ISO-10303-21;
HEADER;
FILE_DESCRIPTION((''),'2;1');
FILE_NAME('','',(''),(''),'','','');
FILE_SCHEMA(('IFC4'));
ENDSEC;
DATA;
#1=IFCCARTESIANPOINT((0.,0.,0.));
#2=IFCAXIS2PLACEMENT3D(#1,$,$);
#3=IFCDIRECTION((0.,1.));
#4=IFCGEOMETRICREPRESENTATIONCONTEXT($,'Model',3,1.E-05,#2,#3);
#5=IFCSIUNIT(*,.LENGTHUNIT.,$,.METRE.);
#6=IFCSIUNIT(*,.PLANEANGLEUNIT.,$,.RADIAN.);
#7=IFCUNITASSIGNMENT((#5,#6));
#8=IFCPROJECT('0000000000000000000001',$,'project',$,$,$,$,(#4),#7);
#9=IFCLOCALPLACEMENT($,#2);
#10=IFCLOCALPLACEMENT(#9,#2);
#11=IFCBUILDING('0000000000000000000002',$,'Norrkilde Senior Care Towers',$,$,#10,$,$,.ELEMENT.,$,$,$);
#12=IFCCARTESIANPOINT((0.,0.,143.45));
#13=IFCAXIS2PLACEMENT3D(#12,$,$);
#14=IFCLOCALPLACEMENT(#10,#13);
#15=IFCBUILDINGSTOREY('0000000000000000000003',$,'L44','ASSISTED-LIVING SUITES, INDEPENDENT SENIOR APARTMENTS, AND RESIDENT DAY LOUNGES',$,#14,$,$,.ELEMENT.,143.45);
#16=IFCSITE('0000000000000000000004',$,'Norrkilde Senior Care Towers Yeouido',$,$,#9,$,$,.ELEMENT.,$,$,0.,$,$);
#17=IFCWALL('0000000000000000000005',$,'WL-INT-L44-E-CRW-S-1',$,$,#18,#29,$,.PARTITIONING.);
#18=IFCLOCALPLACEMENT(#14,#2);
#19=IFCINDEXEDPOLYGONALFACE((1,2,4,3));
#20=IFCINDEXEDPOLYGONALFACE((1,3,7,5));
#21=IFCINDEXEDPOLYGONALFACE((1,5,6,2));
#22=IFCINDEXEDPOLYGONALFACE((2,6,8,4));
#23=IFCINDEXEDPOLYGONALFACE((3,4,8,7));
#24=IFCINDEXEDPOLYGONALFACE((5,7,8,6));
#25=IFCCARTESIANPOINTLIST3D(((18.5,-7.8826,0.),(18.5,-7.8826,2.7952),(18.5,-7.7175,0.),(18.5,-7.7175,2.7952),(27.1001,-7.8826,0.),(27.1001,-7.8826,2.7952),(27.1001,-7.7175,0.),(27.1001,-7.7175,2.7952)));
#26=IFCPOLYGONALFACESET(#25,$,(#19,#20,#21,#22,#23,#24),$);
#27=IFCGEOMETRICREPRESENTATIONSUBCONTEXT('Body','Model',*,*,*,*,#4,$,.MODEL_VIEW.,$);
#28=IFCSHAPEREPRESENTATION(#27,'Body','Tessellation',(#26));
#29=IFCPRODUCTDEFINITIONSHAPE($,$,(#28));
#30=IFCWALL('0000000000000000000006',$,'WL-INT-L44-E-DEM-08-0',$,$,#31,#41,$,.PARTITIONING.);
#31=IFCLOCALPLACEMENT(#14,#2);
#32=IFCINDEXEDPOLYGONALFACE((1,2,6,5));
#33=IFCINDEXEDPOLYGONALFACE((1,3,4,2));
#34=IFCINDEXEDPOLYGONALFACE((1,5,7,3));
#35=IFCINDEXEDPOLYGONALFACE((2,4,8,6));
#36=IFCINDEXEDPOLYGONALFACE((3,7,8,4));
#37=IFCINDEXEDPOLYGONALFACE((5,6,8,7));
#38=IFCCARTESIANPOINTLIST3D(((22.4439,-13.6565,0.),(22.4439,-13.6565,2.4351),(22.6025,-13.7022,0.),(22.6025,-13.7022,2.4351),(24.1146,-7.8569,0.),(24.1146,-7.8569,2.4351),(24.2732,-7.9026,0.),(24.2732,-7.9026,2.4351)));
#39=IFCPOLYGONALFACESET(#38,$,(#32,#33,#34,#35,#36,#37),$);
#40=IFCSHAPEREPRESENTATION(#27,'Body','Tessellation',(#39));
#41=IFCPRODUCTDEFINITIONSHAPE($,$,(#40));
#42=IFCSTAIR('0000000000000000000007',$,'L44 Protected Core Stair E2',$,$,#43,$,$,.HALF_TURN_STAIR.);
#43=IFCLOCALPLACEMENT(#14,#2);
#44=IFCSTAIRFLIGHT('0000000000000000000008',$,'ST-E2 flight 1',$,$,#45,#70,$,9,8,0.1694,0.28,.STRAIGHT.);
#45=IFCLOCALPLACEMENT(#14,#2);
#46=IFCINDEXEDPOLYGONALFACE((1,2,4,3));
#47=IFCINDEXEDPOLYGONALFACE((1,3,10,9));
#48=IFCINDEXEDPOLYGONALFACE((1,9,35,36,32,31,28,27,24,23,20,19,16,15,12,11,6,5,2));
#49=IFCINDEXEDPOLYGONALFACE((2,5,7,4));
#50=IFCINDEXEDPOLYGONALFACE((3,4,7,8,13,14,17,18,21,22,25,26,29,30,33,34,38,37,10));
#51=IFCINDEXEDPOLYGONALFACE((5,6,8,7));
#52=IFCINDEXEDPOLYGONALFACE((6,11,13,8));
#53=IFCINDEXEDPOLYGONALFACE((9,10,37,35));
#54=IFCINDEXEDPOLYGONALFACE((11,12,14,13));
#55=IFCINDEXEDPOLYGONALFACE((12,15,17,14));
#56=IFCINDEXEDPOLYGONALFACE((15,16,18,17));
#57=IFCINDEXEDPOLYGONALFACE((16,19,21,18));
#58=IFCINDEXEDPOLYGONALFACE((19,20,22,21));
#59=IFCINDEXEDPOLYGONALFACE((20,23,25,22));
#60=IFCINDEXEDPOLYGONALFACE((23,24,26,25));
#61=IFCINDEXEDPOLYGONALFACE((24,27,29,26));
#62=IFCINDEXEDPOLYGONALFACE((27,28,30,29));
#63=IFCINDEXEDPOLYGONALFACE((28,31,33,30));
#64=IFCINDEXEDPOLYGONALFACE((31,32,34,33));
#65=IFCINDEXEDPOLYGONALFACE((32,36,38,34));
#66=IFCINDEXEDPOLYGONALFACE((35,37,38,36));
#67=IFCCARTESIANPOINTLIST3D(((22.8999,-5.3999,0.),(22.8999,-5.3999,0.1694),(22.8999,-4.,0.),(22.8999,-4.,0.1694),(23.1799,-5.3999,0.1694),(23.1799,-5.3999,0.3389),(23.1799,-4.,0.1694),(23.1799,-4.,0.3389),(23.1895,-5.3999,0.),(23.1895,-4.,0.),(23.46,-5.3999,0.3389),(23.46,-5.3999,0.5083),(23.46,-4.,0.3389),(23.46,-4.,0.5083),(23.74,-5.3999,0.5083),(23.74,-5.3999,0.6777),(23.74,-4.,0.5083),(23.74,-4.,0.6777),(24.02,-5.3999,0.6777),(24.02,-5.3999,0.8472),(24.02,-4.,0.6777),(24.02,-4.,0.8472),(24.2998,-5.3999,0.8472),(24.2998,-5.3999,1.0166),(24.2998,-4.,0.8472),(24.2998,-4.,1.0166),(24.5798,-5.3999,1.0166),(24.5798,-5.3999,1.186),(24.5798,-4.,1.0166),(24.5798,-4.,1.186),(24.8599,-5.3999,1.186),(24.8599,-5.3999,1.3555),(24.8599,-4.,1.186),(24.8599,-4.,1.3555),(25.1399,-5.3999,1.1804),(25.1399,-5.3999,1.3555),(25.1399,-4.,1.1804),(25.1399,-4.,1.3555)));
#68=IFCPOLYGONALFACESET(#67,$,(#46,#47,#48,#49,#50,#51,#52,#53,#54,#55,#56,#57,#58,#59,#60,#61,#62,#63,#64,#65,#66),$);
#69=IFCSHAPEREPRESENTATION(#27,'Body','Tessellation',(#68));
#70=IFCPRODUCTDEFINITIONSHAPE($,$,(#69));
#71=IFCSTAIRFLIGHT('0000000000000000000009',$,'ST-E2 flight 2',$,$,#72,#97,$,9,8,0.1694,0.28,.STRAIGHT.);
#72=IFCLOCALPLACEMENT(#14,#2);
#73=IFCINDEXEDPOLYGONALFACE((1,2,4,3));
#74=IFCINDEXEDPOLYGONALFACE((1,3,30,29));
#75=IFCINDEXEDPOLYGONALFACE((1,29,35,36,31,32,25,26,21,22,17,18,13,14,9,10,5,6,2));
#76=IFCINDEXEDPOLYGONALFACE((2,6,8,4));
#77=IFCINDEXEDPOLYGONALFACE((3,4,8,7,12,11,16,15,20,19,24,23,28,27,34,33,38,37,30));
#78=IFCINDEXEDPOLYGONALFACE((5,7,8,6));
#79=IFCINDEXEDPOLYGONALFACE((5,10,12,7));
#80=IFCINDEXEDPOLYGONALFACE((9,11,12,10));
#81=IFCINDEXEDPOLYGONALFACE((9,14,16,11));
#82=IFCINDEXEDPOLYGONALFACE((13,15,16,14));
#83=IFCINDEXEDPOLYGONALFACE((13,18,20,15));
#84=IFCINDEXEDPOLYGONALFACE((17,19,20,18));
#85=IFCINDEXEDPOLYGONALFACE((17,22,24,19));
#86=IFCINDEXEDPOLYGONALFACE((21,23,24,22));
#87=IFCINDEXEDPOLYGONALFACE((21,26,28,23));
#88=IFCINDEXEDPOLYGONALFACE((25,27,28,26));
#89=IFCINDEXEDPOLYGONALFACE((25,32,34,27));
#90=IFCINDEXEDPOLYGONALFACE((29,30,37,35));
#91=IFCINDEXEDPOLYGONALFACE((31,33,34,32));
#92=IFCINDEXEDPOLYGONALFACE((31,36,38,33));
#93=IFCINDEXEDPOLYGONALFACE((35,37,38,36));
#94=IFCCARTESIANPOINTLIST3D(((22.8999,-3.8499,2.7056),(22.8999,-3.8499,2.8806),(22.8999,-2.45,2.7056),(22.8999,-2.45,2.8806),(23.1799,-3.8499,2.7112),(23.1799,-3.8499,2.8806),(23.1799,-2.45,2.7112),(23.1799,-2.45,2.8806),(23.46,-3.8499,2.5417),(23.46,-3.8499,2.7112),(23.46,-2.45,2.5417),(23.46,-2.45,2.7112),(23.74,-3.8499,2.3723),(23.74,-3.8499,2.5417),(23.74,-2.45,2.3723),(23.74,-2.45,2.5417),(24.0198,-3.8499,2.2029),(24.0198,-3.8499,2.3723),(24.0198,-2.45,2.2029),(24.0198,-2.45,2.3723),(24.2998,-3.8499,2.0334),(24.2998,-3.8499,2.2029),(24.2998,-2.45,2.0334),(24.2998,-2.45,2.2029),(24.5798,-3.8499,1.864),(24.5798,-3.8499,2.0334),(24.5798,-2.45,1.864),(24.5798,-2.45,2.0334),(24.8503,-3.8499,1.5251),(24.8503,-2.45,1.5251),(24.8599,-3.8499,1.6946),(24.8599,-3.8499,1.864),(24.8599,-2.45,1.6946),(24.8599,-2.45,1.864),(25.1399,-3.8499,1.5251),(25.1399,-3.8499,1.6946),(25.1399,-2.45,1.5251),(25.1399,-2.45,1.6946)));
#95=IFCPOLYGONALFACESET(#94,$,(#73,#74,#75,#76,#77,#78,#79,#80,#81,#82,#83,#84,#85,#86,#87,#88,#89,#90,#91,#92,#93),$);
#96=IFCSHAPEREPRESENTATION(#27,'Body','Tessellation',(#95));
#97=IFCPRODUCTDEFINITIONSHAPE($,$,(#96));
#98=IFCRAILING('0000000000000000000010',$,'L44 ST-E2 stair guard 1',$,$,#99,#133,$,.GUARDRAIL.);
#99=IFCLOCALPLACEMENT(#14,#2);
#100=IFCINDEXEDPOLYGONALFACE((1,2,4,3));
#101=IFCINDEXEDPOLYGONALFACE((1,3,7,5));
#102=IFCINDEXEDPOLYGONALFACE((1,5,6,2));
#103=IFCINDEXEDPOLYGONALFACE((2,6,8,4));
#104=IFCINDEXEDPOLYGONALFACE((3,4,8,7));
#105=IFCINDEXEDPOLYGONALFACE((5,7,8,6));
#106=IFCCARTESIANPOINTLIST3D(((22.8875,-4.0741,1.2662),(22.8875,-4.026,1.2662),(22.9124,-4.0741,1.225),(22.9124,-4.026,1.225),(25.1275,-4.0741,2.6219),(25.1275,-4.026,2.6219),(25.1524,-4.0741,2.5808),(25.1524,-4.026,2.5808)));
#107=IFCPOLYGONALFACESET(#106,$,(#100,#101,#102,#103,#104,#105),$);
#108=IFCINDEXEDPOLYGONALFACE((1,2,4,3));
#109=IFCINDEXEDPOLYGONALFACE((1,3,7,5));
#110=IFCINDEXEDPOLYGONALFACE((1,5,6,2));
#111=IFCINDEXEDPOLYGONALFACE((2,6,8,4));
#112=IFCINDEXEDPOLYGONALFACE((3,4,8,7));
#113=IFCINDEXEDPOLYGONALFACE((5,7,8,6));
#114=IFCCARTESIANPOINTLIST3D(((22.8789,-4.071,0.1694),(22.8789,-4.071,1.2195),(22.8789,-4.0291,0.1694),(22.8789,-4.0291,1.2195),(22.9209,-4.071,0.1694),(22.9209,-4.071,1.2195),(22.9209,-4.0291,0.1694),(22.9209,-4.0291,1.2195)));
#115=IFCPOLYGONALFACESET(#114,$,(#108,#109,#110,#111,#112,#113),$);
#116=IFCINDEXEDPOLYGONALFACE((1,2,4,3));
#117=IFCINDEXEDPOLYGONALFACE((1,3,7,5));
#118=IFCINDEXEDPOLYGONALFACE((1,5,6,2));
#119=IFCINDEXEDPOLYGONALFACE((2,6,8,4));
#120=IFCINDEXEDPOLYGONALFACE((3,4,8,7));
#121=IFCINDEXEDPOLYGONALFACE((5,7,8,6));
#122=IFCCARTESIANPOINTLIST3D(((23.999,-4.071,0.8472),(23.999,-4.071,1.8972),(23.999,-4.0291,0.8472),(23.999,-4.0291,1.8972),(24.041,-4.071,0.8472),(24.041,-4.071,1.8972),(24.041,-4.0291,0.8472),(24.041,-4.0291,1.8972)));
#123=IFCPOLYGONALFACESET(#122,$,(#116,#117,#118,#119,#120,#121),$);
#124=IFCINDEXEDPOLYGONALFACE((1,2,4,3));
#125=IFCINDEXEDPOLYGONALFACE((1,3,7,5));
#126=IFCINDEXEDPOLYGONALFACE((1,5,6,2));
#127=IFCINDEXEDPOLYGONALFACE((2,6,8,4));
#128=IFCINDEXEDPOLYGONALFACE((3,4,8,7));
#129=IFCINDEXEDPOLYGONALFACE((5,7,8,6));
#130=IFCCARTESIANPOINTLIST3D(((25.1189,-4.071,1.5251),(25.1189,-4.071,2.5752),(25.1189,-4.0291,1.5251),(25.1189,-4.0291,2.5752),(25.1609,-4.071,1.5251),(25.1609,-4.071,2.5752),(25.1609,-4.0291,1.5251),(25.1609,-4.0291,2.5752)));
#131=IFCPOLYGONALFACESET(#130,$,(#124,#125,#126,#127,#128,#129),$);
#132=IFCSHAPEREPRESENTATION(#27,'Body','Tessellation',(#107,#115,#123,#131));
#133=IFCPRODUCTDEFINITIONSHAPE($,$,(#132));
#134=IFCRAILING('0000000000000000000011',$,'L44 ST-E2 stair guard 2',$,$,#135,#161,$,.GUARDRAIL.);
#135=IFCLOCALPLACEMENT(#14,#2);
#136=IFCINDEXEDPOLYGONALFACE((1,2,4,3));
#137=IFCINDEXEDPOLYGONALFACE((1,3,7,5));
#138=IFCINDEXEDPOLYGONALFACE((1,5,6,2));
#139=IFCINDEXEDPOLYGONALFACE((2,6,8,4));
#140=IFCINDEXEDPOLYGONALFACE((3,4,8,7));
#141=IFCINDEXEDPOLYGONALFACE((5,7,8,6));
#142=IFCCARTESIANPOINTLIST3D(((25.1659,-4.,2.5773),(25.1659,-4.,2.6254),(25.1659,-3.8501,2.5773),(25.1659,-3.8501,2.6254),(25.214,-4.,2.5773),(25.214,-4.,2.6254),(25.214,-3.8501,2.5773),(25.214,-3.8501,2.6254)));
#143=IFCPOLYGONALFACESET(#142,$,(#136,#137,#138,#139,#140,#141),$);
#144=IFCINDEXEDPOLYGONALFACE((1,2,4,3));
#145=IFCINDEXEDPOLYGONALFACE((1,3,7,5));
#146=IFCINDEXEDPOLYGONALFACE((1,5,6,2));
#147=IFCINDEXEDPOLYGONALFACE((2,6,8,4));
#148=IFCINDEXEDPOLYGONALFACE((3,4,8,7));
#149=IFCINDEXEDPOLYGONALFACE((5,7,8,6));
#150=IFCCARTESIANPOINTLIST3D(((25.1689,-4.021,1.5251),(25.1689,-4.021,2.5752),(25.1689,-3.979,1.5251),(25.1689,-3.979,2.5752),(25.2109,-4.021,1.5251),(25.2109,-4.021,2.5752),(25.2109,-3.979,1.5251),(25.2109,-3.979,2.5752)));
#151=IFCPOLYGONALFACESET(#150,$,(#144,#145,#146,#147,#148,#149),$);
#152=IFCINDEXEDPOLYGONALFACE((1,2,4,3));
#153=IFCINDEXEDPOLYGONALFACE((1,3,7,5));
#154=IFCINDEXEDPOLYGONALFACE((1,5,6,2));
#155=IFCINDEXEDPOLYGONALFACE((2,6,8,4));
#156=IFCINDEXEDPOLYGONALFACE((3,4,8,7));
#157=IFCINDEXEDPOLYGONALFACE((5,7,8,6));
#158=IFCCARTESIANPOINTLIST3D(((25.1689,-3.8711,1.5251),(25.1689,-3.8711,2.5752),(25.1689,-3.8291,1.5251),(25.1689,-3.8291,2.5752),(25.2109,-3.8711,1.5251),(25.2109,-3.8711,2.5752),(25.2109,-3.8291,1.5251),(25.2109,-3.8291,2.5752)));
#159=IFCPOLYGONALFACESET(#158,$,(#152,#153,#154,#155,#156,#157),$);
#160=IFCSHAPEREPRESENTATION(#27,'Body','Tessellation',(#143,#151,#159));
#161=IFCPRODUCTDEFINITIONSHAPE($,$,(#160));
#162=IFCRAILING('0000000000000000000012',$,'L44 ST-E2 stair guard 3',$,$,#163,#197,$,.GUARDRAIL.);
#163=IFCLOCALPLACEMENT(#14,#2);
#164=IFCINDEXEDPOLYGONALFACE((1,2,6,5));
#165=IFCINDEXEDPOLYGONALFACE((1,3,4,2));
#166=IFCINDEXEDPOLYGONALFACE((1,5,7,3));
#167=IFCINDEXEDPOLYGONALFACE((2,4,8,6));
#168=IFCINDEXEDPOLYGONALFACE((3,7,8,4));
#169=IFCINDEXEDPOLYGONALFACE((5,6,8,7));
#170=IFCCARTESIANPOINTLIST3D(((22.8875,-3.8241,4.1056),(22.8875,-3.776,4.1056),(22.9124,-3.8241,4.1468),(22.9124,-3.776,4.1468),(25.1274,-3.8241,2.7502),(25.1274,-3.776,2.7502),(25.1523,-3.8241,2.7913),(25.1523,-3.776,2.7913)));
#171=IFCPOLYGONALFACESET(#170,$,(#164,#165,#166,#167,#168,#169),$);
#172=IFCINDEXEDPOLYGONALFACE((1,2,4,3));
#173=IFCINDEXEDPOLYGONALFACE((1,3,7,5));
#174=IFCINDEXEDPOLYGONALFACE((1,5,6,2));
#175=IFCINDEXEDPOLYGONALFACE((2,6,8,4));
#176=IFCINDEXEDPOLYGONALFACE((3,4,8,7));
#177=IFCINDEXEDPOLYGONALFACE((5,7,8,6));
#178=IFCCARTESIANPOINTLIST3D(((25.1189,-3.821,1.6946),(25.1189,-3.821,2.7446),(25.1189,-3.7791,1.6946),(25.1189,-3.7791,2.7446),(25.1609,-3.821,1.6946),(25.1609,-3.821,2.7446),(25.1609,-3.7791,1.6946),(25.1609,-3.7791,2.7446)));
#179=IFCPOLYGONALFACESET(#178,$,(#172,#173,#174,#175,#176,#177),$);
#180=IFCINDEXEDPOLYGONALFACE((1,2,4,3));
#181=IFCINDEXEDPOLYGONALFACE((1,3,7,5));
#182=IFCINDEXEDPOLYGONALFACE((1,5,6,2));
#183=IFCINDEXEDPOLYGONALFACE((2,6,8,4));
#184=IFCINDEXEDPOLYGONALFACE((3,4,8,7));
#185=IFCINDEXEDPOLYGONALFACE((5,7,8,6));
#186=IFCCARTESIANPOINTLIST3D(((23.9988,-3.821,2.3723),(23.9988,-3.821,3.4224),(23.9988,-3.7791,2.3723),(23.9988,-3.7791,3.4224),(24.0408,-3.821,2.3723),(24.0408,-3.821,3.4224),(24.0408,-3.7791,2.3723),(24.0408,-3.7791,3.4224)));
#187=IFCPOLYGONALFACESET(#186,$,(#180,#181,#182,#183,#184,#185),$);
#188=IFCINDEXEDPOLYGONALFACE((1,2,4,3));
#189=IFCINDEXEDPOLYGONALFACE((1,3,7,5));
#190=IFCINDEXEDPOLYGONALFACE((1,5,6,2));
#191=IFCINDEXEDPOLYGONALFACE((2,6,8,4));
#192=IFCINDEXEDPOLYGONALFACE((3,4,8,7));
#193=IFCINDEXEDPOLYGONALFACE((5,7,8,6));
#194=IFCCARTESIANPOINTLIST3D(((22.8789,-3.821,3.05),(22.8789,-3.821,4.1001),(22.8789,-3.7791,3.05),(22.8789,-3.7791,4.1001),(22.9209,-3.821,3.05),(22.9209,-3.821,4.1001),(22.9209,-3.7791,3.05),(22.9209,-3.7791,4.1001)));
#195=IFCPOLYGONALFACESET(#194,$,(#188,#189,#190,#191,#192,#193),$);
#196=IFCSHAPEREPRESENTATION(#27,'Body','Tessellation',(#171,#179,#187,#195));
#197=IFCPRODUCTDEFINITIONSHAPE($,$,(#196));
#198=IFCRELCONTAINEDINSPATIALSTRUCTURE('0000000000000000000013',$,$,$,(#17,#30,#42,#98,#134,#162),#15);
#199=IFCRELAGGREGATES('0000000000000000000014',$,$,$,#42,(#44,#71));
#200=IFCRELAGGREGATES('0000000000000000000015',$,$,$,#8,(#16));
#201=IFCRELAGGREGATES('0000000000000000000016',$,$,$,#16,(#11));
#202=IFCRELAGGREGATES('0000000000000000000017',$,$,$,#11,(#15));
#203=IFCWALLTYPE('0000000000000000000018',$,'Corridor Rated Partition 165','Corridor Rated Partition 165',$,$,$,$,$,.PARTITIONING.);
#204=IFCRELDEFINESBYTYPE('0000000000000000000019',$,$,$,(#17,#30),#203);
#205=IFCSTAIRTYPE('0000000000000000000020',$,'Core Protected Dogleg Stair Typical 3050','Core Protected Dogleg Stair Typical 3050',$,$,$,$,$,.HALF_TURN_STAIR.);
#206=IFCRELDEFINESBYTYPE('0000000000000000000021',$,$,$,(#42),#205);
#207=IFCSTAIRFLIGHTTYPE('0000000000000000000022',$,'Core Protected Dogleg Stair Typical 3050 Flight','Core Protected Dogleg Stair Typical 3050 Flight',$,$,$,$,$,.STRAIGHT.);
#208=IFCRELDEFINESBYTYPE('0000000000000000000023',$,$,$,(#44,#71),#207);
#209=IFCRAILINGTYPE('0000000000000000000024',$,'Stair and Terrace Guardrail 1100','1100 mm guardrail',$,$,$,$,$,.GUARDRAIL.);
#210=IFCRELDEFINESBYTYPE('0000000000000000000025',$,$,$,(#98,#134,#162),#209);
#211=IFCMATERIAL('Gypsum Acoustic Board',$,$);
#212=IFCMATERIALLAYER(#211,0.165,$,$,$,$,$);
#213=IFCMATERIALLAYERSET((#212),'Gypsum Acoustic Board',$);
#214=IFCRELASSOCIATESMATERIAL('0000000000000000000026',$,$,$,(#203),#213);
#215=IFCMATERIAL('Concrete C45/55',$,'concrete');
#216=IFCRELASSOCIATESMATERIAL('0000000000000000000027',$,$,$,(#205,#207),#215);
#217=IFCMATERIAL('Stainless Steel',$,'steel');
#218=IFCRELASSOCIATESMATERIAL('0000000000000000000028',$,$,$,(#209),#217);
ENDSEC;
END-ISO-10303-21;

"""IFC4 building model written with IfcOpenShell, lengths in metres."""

from ifc_helpers import new_model, si_unit, direction, frame, frame_2d, origin, origin_2d, place, context, subcontext, project, spatial, polyline, rectangle, outline, extrude, source, transform, mapped, material, layer, layer_set, type_object, element, aggregate, save


model = new_model("IFC4")

# Units and contexts
model_context = context("Model", 3, precision=1e-05, world=origin(), true_north=direction((0.0, 1.0)))
body_context = subcontext(model_context, "Body", "Model", "MODEL_VIEW")
ifc_project = project(units=[si_unit("LENGTHUNIT", "METRE"), si_unit("PLANEANGLEUNIT", "RADIAN")], contexts=[model_context])

# Site, building, storey
site_placement = place(None, origin())
site = spatial("IfcSite", under=ifc_project, at=site_placement, Name="Norrkilde Senior Care Towers Yeouido", CompositionType="ELEMENT", RefElevation=0.0)
building_placement = place(site_placement, origin())
building = spatial("IfcBuilding", under=site, at=building_placement, Name="Norrkilde Senior Care Towers", CompositionType="ELEMENT")
storey_placement = place(building_placement, frame((0.0, 0.0, 143.45)))
storey = spatial("IfcBuildingStorey", under=building, at=storey_placement, Name="L44", Description="ASSISTED-LIVING SUITES, INDEPENDENT SENIOR APARTMENTS, AND RESIDENT DAY LOUNGES", CompositionType="ELEMENT", Elevation=143.45)

# Shared definitions
ifc_material_1 = material(Name="Concrete C45/55", Category="concrete")
ifc_material_2 = material(Name="Gypsum Acoustic Board")
ifc_layer_1 = layer(ifc_material_2, 0.165)
ifc_layer_set_1 = layer_set([ifc_layer_1], Name="Gypsum Acoustic Board")
wall_type_1 = type_object("IfcWallType", Name="Corridor Rated Partition 165", Description="Corridor Rated Partition 165", PredefinedType="PARTITIONING", material=ifc_layer_set_1)

# Walls
shared_shape_1 = source(origin(), body_context, "Body", "SweptSolid", [
    extrude(rectangle(XDim=8.6001, YDim=0.165, at=frame_2d((4.3, 0.0))), origin(), (0.0, 0.0, 1.0), 2.7952),
])
wall_1_placement = place(storey_placement, frame((27.1001, -7.8, 0.0), z_axis=(0.0, 0.0, 1.0), x_axis=(-1.0, 0.0, 0.0)))
element("IfcWall", 1, at=wall_1_placement, inside=storey, type_object=wall_type_1, Name="WL-INT-L44-E-CRW-S-1", PredefinedType="PARTITIONING", context=body_context, shape_type="MappedRepresentation", body=[
    mapped(shared_shape_1, transform((0.0, 0.0, 0.0), x_axis=(1.0, 0.0, 0.0), y_axis=(0.0, 1.0, 0.0), z_axis=(0.0, 0.0, 1.0), scale=1.0)),
])
shared_shape_2 = source(origin(), body_context, "Body", "SweptSolid", [
    extrude(rectangle(XDim=6.0354, YDim=0.165, at=frame_2d((3.0176, 0.0))), origin(), (0.0, 0.0, 1.0), 2.4351),
])
wall_2_placement = place(storey_placement, frame((24.1938, -7.8799, 0.0), z_axis=(0.0, 0.0, 1.0), x_axis=(-0.276809, -0.960925, 0.0)))
element("IfcWall", 2, at=wall_2_placement, inside=storey, type_object=wall_type_1, Name="WL-INT-L44-E-DEM-08-0", PredefinedType="PARTITIONING", context=body_context, shape_type="MappedRepresentation", body=[
    mapped(shared_shape_2, transform((0.0, 0.0, 0.0), x_axis=(1.0, 0.0, 0.0), y_axis=(0.0, 1.0, 0.0), z_axis=(0.0, 0.0, 1.0), scale=1.0)),
])

# Stair, stair flights
stair_type = type_object("IfcStairType", Name="Core Protected Dogleg Stair Typical 3050", Description="Core Protected Dogleg Stair Typical 3050", PredefinedType="HALF_TURN_STAIR", material=ifc_material_1)
stair_placement = place(storey_placement, origin())
stair = element("IfcStair", 3, at=stair_placement, inside=storey, type_object=stair_type, Name="L44 Protected Core Stair E2", PredefinedType="HALF_TURN_STAIR")
stair_flight_type = type_object("IfcStairFlightType", Name="Core Protected Dogleg Stair Typical 3050 Flight", Description="Core Protected Dogleg Stair Typical 3050 Flight", PredefinedType="STRAIGHT", material=ifc_material_1)
stair_flight_1_placement = place(storey_placement, frame((22.8999, -4.7, 0.0), z_axis=(0.0, 0.0, 1.0), x_axis=(1.0, 0.0, 0.0)))
stair_flight_1 = element("IfcStairFlight", 4, at=stair_flight_1_placement, type_object=stair_flight_type, Name="ST-E2 flight 1", NumberOfRisers=9, NumberOfTreads=8, PredefinedType="STRAIGHT", RiserHeight=0.1694, TreadLength=0.28, context=body_context, shape_type="SweptSolid", body=[
    extrude(outline(polyline([(0.0, 0.0), (0.0, 0.1694), (0.28, 0.1694), (0.28, 0.3389), (0.5601, 0.3389), (0.5601, 0.5083), (0.8401, 0.5083), (0.8401, 0.6777), (1.1201, 0.6777), (1.1201, 0.8472), (1.3999, 0.8472), (1.3999, 1.0166), (1.6799, 1.0166), (1.6799, 1.186), (1.96, 1.186), (1.96, 1.3555), (2.24, 1.3555), (2.24, 1.5249), (2.24, 1.1804), (0.2896, 0.0), (0.0, 0.0)])), frame((0.0, 0.7, 0.0), z_axis=(0.0, -1.0, 0.0), x_axis=(1.0, 0.0, 0.0)), (0.0, 0.0, 1.0), 1.3999),
])
stair_flight_2_placement = place(storey_placement, frame((25.1399, -3.1499, 1.5251), z_axis=(0.0, 0.0, 1.0), x_axis=(-1.0, 0.0, 0.0)))
stair_flight_2 = element("IfcStairFlight", 5, at=stair_flight_2_placement, type_object=stair_flight_type, Name="ST-E2 flight 2", NumberOfRisers=9, NumberOfTreads=8, PredefinedType="STRAIGHT", RiserHeight=0.1694, TreadLength=0.28, context=body_context, shape_type="SweptSolid", body=[
    extrude(outline(polyline([(0.0, 0.0), (0.0, 0.1694), (0.28, 0.1694), (0.28, 0.3389), (0.5601, 0.3389), (0.5601, 0.5083), (0.8401, 0.5083), (0.8401, 0.6777), (1.1201, 0.6777), (1.1201, 0.8472), (1.3999, 0.8472), (1.3999, 1.0166), (1.6799, 1.0166), (1.6799, 1.186), (1.96, 1.186), (1.96, 1.3555), (2.24, 1.3555), (2.24, 1.5249), (2.24, 1.1804), (0.2896, 0.0), (0.0, 0.0)])), frame((0.0, 0.7, 0.0), z_axis=(0.0, -1.0, 0.0), x_axis=(1.0, 0.0, 0.0)), (0.0, 0.0, 1.0), 1.3999),
])
aggregate(stair, [stair_flight_1, stair_flight_2])

# Railings
ifc_material_3 = material(Name="Stainless Steel", Category="steel")
railing_type_1 = type_object("IfcRailingType", Name="Stair and Terrace Guardrail 1100", Description="1100 mm guardrail", PredefinedType="GUARDRAIL", material=ifc_material_3)
railing_1_placement = place(storey_placement, frame((22.8999, -4.05, 0.1694)))
element("IfcRailing", 6, at=railing_1_placement, inside=storey, type_object=railing_type_1, Name="L44 ST-E2 stair guard 1", PredefinedType="GUARDRAIL", context=body_context, shape_type="SweptSolid", body=[
    extrude(rectangle(XDim=0.0481, YDim=0.0481, at=origin_2d()), frame((0.0, 0.0, 1.0762), z_axis=(0.855512, 0.0, 0.517783), x_axis=(0.0, 1.0, 0.0)), (0.0, 0.0, 1.0), 2.6184),
    extrude(rectangle(XDim=0.042, YDim=0.042, at=origin_2d()), origin(), (0.0, 0.0, 1.0), 1.05),
    extrude(rectangle(XDim=0.042, YDim=0.042, at=origin_2d()), frame((1.1201, 0.0, 0.6777)), (0.0, 0.0, 1.0), 1.05),
    extrude(rectangle(XDim=0.042, YDim=0.042, at=origin_2d()), frame((2.24, 0.0, 1.3557)), (0.0, 0.0, 1.0), 1.05),
])
railing_2_placement = place(storey_placement, frame((25.1899, -4.0, 1.5251)))
element("IfcRailing", 7, at=railing_2_placement, inside=storey, type_object=railing_type_1, Name="L44 ST-E2 stair guard 2", PredefinedType="GUARDRAIL", context=body_context, shape_type="SweptSolid", body=[
    extrude(rectangle(XDim=0.0481, YDim=0.0481, at=origin_2d()), frame((0.0, 0.0, 1.0762), z_axis=(0.0, 1.0, 0.0), x_axis=(-1.0, 0.0, 0.0)), (0.0, 0.0, 1.0), 0.1499),
    extrude(rectangle(XDim=0.042, YDim=0.042, at=origin_2d()), origin(), (0.0, 0.0, 1.0), 1.05),
    extrude(rectangle(XDim=0.042, YDim=0.042, at=origin_2d()), frame((0.0, 0.1499, 0.0)), (0.0, 0.0, 1.0), 1.05),
])
railing_3_placement = place(storey_placement, frame((25.1399, -3.8, 1.6946)))
element("IfcRailing", 8, at=railing_3_placement, inside=storey, type_object=railing_type_1, Name="L44 ST-E2 stair guard 3", PredefinedType="GUARDRAIL", context=body_context, shape_type="SweptSolid", body=[
    extrude(rectangle(XDim=0.0481, YDim=0.0481, at=origin_2d()), frame((0.0, 0.0, 1.0762), z_axis=(-0.855553, 0.0, 0.517715), x_axis=(0.0, -1.0, 0.0)), (0.0, 0.0, 1.0), 2.6182),
    extrude(rectangle(XDim=0.042, YDim=0.042, at=origin_2d()), origin(), (0.0, 0.0, 1.0), 1.05),
    extrude(rectangle(XDim=0.042, YDim=0.042, at=origin_2d()), frame((-1.1201, 0.0, 0.6777)), (0.0, 0.0, 1.0), 1.05),
    extrude(rectangle(XDim=0.042, YDim=0.042, at=origin_2d()), frame((-2.24, 0.0, 1.3555)), (0.0, 0.0, 1.0), 1.05),
])

save(model, "model.ifc")
